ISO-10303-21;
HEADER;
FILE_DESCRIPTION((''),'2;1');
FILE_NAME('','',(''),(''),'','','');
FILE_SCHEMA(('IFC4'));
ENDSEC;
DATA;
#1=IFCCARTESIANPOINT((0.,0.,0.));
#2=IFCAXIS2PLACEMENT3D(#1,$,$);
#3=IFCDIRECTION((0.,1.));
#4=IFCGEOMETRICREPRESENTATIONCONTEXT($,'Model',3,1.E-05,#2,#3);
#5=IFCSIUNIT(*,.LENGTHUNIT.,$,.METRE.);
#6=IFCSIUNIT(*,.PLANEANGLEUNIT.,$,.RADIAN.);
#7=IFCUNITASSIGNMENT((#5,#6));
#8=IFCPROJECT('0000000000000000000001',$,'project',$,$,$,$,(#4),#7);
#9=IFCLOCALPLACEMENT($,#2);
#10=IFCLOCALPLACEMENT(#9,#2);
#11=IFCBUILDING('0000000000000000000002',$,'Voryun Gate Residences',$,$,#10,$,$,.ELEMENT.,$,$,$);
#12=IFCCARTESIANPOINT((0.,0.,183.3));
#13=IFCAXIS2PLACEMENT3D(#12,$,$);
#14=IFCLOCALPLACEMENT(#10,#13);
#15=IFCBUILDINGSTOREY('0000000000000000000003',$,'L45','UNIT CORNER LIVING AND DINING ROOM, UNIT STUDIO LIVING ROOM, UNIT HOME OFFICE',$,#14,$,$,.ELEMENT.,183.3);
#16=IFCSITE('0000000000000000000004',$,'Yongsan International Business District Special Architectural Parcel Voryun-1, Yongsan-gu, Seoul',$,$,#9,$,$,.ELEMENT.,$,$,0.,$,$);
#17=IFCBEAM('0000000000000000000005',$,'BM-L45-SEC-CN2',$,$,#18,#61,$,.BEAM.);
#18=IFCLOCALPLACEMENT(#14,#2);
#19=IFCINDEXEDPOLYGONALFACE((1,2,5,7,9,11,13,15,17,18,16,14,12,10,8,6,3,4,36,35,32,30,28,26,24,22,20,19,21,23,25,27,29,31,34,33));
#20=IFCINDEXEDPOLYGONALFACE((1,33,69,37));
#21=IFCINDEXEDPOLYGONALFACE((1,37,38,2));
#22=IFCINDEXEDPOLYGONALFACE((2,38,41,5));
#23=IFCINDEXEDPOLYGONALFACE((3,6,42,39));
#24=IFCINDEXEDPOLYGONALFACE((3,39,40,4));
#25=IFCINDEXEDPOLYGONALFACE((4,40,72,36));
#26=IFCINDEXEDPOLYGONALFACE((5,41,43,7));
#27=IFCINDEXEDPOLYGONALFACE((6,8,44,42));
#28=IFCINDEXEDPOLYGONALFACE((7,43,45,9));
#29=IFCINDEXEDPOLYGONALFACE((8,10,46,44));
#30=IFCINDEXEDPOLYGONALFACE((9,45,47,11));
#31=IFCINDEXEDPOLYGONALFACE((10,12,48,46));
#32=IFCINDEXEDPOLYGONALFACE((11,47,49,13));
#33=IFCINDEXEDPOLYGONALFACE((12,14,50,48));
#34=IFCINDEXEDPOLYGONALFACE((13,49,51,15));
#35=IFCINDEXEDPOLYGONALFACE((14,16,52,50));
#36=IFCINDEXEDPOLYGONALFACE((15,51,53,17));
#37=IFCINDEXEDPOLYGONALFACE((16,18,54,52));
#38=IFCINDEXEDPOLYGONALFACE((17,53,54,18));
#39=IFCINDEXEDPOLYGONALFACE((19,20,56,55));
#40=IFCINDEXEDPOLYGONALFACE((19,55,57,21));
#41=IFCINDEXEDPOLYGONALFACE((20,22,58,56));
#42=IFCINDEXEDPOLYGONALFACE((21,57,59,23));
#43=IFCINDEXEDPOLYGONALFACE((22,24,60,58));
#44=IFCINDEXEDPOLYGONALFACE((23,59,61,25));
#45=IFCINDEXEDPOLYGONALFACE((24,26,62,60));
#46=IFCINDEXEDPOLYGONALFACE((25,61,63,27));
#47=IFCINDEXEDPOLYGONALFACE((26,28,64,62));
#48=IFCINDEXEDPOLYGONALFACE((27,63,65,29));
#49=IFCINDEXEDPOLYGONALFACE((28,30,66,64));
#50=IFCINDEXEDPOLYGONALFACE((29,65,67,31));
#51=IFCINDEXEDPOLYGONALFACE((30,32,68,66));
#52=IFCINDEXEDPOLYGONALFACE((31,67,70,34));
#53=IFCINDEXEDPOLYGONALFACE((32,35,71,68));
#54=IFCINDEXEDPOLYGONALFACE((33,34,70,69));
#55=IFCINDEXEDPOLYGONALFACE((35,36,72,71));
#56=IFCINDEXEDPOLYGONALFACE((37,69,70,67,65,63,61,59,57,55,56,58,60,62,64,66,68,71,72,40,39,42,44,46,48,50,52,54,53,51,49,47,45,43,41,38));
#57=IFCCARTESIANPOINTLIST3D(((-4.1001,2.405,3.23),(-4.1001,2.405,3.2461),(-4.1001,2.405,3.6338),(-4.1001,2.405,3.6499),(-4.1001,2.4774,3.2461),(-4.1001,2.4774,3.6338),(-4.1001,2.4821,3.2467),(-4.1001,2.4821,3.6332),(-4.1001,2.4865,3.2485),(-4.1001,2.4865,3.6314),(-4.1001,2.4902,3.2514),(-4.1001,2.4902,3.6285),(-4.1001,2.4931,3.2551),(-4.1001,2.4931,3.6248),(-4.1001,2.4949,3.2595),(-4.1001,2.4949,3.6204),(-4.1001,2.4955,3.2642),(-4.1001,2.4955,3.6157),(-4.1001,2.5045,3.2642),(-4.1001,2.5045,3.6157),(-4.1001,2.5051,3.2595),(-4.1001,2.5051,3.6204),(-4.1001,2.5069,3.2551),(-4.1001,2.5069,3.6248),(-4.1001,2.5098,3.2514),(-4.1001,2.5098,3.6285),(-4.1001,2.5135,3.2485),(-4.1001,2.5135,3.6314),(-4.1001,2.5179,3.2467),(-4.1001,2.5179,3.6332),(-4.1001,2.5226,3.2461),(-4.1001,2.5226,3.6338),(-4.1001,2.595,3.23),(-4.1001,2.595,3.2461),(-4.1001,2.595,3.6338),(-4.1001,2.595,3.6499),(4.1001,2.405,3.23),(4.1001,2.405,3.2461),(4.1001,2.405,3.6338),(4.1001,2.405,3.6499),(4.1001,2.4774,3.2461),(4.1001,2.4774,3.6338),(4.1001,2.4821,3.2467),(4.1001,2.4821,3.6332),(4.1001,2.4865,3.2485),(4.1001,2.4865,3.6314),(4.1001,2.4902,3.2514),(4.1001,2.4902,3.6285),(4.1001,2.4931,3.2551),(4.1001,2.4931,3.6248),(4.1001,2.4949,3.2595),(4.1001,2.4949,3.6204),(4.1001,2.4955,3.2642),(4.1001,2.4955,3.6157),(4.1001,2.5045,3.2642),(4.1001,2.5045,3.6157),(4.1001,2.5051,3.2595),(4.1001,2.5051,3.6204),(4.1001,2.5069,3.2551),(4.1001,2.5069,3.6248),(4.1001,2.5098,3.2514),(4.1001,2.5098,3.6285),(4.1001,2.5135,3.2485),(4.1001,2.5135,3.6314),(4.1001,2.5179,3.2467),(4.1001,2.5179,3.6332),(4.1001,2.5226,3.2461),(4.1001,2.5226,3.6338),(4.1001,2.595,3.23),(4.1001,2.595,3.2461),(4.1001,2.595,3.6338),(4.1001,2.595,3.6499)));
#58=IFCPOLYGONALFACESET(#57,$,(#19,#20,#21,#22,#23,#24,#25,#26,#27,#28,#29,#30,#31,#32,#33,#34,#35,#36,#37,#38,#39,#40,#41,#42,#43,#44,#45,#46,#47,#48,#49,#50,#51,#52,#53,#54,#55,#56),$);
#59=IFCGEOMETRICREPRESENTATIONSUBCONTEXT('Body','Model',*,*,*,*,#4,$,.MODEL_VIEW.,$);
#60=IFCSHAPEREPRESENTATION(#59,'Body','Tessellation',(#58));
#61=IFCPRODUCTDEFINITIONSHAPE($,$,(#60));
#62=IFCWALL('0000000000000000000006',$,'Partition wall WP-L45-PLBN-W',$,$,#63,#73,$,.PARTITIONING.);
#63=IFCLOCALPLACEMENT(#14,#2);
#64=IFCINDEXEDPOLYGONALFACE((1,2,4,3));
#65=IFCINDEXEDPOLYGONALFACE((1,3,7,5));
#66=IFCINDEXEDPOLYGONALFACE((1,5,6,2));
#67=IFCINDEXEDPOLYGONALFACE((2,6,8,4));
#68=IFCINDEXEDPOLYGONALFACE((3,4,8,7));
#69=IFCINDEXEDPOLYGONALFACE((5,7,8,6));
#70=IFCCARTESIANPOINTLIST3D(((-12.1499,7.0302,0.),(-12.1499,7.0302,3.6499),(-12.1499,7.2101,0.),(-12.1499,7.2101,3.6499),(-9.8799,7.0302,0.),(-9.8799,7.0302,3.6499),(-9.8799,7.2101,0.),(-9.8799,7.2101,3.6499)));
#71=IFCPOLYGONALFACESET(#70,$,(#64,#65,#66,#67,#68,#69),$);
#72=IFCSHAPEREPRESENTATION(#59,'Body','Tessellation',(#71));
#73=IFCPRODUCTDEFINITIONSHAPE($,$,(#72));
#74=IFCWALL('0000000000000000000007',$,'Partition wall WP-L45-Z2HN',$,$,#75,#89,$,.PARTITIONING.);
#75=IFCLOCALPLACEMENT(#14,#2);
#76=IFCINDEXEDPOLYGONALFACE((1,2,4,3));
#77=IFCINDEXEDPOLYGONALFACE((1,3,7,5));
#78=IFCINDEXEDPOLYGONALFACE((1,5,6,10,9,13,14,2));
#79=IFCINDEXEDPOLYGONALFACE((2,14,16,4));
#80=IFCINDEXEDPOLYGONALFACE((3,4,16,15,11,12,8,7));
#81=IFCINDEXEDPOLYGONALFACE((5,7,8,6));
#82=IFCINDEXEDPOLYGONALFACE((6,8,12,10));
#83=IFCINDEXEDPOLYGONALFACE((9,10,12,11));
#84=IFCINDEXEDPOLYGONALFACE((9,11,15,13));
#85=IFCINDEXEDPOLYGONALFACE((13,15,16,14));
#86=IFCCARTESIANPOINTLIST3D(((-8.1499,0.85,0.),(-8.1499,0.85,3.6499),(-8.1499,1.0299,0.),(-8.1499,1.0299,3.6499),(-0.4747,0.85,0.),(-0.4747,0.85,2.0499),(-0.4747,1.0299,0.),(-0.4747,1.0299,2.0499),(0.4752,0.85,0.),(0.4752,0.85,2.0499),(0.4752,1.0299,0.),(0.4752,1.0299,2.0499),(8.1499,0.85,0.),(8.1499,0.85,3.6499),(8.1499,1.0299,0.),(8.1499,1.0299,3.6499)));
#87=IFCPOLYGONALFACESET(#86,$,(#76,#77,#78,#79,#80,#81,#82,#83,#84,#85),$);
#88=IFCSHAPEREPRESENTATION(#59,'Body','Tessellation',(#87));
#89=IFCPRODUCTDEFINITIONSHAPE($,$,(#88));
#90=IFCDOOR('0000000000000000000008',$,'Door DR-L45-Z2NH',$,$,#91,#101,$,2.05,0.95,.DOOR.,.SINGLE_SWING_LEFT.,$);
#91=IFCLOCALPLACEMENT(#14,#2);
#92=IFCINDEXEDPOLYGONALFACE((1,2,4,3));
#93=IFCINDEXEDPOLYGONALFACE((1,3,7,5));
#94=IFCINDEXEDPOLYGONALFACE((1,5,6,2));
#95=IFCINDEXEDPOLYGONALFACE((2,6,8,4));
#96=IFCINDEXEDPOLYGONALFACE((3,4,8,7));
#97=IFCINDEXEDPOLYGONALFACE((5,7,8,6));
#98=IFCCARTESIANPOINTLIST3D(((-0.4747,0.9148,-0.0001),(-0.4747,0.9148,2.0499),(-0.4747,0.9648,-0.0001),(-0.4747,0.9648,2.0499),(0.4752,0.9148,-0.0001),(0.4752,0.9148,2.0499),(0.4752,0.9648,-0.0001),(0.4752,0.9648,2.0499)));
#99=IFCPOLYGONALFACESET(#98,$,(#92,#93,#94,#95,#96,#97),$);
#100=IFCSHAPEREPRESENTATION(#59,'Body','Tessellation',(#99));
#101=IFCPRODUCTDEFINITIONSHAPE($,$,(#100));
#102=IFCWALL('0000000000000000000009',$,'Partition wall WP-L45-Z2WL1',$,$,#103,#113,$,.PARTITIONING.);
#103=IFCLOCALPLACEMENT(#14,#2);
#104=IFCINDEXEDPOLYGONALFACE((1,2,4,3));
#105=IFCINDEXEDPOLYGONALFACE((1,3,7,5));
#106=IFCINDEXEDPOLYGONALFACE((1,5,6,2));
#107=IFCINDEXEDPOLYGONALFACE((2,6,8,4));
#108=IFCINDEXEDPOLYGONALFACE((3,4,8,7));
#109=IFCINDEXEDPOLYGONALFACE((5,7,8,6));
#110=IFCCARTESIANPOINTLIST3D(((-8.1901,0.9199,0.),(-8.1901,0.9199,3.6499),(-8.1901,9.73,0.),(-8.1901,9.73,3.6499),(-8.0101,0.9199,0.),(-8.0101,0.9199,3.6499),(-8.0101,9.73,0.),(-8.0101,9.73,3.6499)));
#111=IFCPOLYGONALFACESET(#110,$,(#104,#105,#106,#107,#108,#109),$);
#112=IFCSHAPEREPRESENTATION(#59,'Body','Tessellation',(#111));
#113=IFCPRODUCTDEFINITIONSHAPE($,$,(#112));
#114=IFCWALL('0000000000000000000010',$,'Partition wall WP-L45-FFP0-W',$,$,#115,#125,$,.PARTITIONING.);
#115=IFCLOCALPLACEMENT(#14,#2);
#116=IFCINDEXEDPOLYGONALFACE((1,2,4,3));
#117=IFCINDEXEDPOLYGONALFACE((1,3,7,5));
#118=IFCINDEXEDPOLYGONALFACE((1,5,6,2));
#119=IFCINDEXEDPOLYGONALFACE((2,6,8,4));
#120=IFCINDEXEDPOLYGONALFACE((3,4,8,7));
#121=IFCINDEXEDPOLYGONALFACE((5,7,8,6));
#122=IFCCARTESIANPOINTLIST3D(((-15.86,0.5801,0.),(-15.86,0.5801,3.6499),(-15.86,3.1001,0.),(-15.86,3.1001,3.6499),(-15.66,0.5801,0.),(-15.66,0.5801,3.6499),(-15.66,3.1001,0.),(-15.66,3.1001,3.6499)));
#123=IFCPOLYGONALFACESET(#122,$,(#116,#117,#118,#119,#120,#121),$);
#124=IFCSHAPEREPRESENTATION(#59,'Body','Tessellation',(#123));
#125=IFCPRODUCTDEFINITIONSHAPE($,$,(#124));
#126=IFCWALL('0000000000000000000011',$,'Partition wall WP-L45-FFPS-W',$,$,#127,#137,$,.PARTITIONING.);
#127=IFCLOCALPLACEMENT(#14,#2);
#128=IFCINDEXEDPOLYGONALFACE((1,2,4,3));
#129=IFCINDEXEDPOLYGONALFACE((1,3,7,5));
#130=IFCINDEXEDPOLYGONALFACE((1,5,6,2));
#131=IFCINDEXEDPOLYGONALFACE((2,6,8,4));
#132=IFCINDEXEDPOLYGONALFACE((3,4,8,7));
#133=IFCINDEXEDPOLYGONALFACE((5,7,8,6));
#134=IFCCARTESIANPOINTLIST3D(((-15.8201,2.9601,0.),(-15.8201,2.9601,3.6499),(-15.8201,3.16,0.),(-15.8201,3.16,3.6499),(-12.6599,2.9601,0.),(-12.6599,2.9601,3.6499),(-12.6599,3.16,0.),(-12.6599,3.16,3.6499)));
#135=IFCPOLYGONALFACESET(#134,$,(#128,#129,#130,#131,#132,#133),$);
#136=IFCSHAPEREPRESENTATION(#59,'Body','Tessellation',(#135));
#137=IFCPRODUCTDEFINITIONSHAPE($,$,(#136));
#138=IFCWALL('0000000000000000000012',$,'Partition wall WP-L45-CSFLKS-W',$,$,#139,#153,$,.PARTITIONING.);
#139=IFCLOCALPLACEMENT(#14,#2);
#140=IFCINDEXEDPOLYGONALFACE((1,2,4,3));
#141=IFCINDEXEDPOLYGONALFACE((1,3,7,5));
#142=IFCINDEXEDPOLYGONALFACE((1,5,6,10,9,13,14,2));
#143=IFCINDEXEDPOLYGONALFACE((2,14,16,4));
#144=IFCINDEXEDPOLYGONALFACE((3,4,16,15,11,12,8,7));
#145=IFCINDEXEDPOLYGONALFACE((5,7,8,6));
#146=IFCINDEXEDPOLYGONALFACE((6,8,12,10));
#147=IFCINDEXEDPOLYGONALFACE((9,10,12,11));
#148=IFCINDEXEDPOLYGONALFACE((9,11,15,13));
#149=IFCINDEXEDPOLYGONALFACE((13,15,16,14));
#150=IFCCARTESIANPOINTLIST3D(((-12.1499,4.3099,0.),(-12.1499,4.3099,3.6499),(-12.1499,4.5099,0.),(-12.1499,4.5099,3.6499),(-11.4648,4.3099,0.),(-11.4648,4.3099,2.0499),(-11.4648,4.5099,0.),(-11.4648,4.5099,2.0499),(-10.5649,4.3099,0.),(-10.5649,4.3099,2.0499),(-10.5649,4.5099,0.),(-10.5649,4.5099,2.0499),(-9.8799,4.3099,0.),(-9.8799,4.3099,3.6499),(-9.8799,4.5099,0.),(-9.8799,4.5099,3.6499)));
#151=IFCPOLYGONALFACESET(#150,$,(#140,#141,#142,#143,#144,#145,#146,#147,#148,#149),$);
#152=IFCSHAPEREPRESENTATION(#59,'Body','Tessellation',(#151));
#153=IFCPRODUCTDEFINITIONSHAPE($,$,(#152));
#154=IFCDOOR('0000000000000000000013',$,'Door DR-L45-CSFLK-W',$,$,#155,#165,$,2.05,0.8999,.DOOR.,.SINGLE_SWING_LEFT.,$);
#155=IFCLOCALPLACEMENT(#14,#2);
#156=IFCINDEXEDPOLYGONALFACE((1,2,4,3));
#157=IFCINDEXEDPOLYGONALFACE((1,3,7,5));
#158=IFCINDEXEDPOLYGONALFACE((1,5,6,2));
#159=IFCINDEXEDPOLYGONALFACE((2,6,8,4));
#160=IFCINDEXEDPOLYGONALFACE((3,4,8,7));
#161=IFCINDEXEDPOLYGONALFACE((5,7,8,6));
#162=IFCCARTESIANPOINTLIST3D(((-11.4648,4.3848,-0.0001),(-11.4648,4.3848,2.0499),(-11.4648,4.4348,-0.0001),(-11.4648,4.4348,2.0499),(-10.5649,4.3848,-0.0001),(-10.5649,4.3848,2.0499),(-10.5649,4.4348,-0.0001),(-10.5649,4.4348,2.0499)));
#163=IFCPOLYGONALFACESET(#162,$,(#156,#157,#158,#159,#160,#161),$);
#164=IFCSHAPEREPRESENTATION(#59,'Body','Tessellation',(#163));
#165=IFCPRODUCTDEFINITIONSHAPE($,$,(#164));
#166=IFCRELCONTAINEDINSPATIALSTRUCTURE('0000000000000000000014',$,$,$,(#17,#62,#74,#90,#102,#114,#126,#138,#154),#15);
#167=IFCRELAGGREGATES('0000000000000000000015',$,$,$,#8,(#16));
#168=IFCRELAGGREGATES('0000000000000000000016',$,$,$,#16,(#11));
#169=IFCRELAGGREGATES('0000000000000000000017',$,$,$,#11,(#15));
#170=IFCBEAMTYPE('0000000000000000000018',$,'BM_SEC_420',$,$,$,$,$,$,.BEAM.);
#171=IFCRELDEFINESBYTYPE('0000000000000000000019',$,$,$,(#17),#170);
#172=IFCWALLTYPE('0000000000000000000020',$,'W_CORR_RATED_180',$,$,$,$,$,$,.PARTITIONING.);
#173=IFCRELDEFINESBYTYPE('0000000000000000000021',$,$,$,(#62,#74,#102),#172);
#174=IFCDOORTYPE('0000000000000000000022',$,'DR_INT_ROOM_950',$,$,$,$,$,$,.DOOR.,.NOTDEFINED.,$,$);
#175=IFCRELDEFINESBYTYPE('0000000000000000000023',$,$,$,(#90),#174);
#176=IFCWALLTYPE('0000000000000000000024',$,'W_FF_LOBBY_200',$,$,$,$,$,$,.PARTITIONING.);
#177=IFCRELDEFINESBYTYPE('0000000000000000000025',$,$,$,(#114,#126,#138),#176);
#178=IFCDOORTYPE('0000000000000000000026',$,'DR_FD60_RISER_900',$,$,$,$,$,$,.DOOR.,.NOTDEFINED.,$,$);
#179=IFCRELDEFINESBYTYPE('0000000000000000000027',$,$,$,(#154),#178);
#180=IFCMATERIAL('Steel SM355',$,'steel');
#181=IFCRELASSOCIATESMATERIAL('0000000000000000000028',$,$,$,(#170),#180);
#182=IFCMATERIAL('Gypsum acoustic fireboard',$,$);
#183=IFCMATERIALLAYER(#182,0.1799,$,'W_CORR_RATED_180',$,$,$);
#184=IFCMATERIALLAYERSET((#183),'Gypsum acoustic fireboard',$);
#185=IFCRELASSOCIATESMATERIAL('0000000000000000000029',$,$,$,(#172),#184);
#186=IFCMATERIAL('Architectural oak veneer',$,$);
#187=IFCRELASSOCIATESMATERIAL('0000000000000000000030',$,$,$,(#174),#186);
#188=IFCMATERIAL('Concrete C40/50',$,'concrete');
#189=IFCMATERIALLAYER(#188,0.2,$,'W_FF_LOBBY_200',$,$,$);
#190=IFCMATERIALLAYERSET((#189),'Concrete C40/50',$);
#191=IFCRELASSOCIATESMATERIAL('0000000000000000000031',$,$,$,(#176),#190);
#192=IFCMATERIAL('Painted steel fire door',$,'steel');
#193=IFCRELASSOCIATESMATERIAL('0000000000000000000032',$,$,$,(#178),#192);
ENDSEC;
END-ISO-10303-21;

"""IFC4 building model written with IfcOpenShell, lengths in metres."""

from ifc_helpers import new_model, si_unit, direction, frame, frame_2d, origin, origin_2d, place, context, subcontext, project, spatial, rectangle, i_section, extrude, material, layer, layer_set, material_profile, profile_set, type_object, element, fill, save


model = new_model("IFC4")

# Units and contexts
model_context = context("Model", 3, precision=1e-05, world=origin(), true_north=direction((0.0, 1.0)))
body_context = subcontext(model_context, "Body", "Model", "MODEL_VIEW")
ifc_project = project(units=[si_unit("LENGTHUNIT", "METRE"), si_unit("PLANEANGLEUNIT", "RADIAN")], contexts=[model_context])

# Site, building, storey
site_placement = place(None, origin())
site = spatial("IfcSite", under=ifc_project, at=site_placement, Name="Yongsan International Business District Special Architectural Parcel Voryun-1, Yongsan-gu, Seoul", CompositionType="ELEMENT", RefElevation=0.0)
building_placement = place(site_placement, origin())
building = spatial("IfcBuilding", under=site, at=building_placement, Name="Voryun Gate Residences", CompositionType="ELEMENT")
storey_placement = place(building_placement, frame((0.0, 0.0, 183.3)))
storey = spatial("IfcBuildingStorey", under=building, at=storey_placement, Name="L45", Description="UNIT CORNER LIVING AND DINING ROOM, UNIT STUDIO LIVING ROOM, UNIT HOME OFFICE", CompositionType="ELEMENT", Elevation=183.3)

# Beam
ifc_material_1 = material(Name="Steel SM355", Category="steel")
ifc_material_profile_1 = material_profile(ifc_material_1, i_section(OverallWidth=0.1899, OverallDepth=0.4199, WebThickness=0.009, FlangeThickness=0.0161, FilletRadius=0.0181, at=origin_2d()), Name="H-420x190x9x16")
ifc_profile_set_1 = profile_set([ifc_material_profile_1], Name="Steel SM355")
beam_type = type_object("IfcBeamType", Name="BM_SEC_420", PredefinedType="BEAM", material=ifc_profile_set_1)
beam_1_placement = place(storey_placement, frame((-4.1001, 2.5, 3.4399), z_axis=(1.0, 0.0, 0.0), x_axis=(0.0, 1.0, 0.0)))
element("IfcBeam", 1, at=beam_1_placement, inside=storey, type_object=beam_type, Name="BM-L45-SEC-CN2", PredefinedType="BEAM", context=body_context, shape_type="SweptSolid", body=[
    extrude(i_section(OverallWidth=0.1899, OverallDepth=0.4199, WebThickness=0.009, FlangeThickness=0.0161, FilletRadius=0.0181, at=origin_2d()), origin(), (0.0, 0.0, 1.0), 8.2002),
])

# Wall
ifc_material_2 = material(Name="Gypsum acoustic fireboard")
ifc_layer_1 = layer(ifc_material_2, 0.1799, Name="W_CORR_RATED_180")
ifc_layer_set_1 = layer_set([ifc_layer_1], Name="Gypsum acoustic fireboard")
wall_type_1 = type_object("IfcWallType", Name="W_CORR_RATED_180", PredefinedType="PARTITIONING", material=ifc_layer_set_1)
wall_1_placement = place(storey_placement, frame((-12.1499, 7.1201, 0.0), z_axis=(0.0, 0.0, 1.0), x_axis=(1.0, 0.0, 0.0)))
element("IfcWall", 2, at=wall_1_placement, inside=storey, type_object=wall_type_1, Name="Partition wall WP-L45-PLBN-W", PredefinedType="PARTITIONING", context=body_context, shape_type="SweptSolid", body=[
    extrude(rectangle(XDim=2.27, YDim=0.1799, at=frame_2d((1.135, 0.0))), origin(), (0.0, 0.0, 1.0), 3.6499),
])

# Wall, opening, door
wall_2_placement = place(storey_placement, frame((-8.1499, 0.9399, 0.0), z_axis=(0.0, 0.0, 1.0), x_axis=(1.0, 0.0, 0.0)))
wall_2 = element("IfcWall", 3, at=wall_2_placement, inside=storey, type_object=wall_type_1, Name="Partition wall WP-L45-Z2HN", PredefinedType="PARTITIONING", context=body_context, shape_type="SweptSolid", body=[
    extrude(rectangle(XDim=16.2998, YDim=0.1799, at=frame_2d((8.1499, 0.0))), origin(), (0.0, 0.0, 1.0), 3.6499),
])
opening_1_placement = place(wall_2_placement, frame((7.675, 0.0, 0.0)))
opening_1 = element("IfcOpeningElement", 4, at=opening_1_placement, cuts=wall_2, PredefinedType="OPENING", context=body_context, shape_type="SweptSolid", body=[
    extrude(rectangle(XDim=0.95, YDim=2.05, at=frame_2d((0.4751, 1.0249))), frame((0.0, 0.0999, 0.0), z_axis=(0.0, -1.0, 0.0), x_axis=(1.0, 0.0, 0.0)), (0.0, 0.0, 1.0), 0.2),
])
ifc_material_3 = material(Name="Architectural oak veneer")
door_type_1 = type_object("IfcDoorType", Name="DR_INT_ROOM_950", OperationType="NOTDEFINED", PredefinedType="DOOR", material=ifc_material_3)
door_1_placement = place(opening_1_placement, origin())
door_1 = element("IfcDoor", 5, at=door_1_placement, inside=storey, type_object=door_type_1, Name="Door DR-L45-Z2NH", OperationType="SINGLE_SWING_LEFT", OverallHeight=2.05, OverallWidth=0.95, PredefinedType="DOOR", context=body_context, shape_type="SweptSolid", body=[
    extrude(rectangle(XDim=0.95, YDim=2.05, at=frame_2d((0.4751, 1.0249))), frame((0.0, 0.0249, 0.0), z_axis=(0.0, -1.0, 0.0), x_axis=(1.0, 0.0, 0.0)), (0.0, 0.0, 1.0), 0.05),
])
fill(opening_1, door_1)

# Walls
wall_3_placement = place(storey_placement, frame((-8.1001, 0.9199, 0.0), z_axis=(0.0, 0.0, 1.0), x_axis=(0.0, 1.0, 0.0)))
element("IfcWall", 6, at=wall_3_placement, inside=storey, type_object=wall_type_1, Name="Partition wall WP-L45-Z2WL1", PredefinedType="PARTITIONING", context=body_context, shape_type="SweptSolid", body=[
    extrude(rectangle(XDim=8.8101, YDim=0.1799, at=frame_2d((4.405, 0.0))), origin(), (0.0, 0.0, 1.0), 3.6499),
])
ifc_material_4 = material(Name="Concrete C40/50", Category="concrete")
ifc_layer_2 = layer(ifc_material_4, 0.2, Name="W_FF_LOBBY_200")
ifc_layer_set_2 = layer_set([ifc_layer_2], Name="Concrete C40/50")
wall_type_2 = type_object("IfcWallType", Name="W_FF_LOBBY_200", PredefinedType="PARTITIONING", material=ifc_layer_set_2)
wall_4_placement = place(storey_placement, frame((-15.76, 0.5801, 0.0), z_axis=(0.0, 0.0, 1.0), x_axis=(0.0, 1.0, 0.0)))
element("IfcWall", 7, at=wall_4_placement, inside=storey, type_object=wall_type_2, Name="Partition wall WP-L45-FFP0-W", PredefinedType="PARTITIONING", context=body_context, shape_type="SweptSolid", body=[
    extrude(rectangle(XDim=2.52, YDim=0.2, at=frame_2d((1.26, 0.0))), origin(), (0.0, 0.0, 1.0), 3.6499),
])
wall_5_placement = place(storey_placement, frame((-15.8201, 3.0601, 0.0), z_axis=(0.0, 0.0, 1.0), x_axis=(1.0, 0.0, 0.0)))
element("IfcWall", 8, at=wall_5_placement, inside=storey, type_object=wall_type_2, Name="Partition wall WP-L45-FFPS-W", PredefinedType="PARTITIONING", context=body_context, shape_type="SweptSolid", body=[
    extrude(rectangle(XDim=3.1602, YDim=0.2, at=frame_2d((1.5801, 0.0))), origin(), (0.0, 0.0, 1.0), 3.6499),
])

# Wall, opening, door
wall_6_placement = place(storey_placement, frame((-12.1499, 4.4099, 0.0), z_axis=(0.0, 0.0, 1.0), x_axis=(1.0, 0.0, 0.0)))
wall_6 = element("IfcWall", 9, at=wall_6_placement, inside=storey, type_object=wall_type_2, Name="Partition wall WP-L45-CSFLKS-W", PredefinedType="PARTITIONING", context=body_context, shape_type="SweptSolid", body=[
    extrude(rectangle(XDim=2.27, YDim=0.2, at=frame_2d((1.135, 0.0))), origin(), (0.0, 0.0, 1.0), 3.6499),
])
opening_2_placement = place(wall_6_placement, frame((0.6851, 0.0, 0.0)))
opening_2 = element("IfcOpeningElement", 10, at=opening_2_placement, cuts=wall_6, PredefinedType="OPENING", context=body_context, shape_type="SweptSolid", body=[
    extrude(rectangle(XDim=0.8999, YDim=2.05, at=frame_2d((0.45, 1.0249))), frame((0.0, 0.1101, 0.0), z_axis=(0.0, -1.0, 0.0), x_axis=(1.0, 0.0, 0.0)), (0.0, 0.0, 1.0), 0.22),
])
ifc_material_5 = material(Name="Painted steel fire door", Category="steel")
door_type_2 = type_object("IfcDoorType", Name="DR_FD60_RISER_900", OperationType="NOTDEFINED", PredefinedType="DOOR", material=ifc_material_5)
door_2_placement = place(opening_2_placement, origin())
door_2 = element("IfcDoor", 11, at=door_2_placement, inside=storey, type_object=door_type_2, Name="Door DR-L45-CSFLK-W", OperationType="SINGLE_SWING_LEFT", OverallHeight=2.05, OverallWidth=0.8999, PredefinedType="DOOR", context=body_context, shape_type="SweptSolid", body=[
    extrude(rectangle(XDim=0.8999, YDim=2.05, at=frame_2d((0.45, 1.0249))), frame((0.0, 0.0249, 0.0), z_axis=(0.0, -1.0, 0.0), x_axis=(1.0, 0.0, 0.0)), (0.0, 0.0, 1.0), 0.05),
])
fill(opening_2, door_2)

save(model, "model.ifc")
